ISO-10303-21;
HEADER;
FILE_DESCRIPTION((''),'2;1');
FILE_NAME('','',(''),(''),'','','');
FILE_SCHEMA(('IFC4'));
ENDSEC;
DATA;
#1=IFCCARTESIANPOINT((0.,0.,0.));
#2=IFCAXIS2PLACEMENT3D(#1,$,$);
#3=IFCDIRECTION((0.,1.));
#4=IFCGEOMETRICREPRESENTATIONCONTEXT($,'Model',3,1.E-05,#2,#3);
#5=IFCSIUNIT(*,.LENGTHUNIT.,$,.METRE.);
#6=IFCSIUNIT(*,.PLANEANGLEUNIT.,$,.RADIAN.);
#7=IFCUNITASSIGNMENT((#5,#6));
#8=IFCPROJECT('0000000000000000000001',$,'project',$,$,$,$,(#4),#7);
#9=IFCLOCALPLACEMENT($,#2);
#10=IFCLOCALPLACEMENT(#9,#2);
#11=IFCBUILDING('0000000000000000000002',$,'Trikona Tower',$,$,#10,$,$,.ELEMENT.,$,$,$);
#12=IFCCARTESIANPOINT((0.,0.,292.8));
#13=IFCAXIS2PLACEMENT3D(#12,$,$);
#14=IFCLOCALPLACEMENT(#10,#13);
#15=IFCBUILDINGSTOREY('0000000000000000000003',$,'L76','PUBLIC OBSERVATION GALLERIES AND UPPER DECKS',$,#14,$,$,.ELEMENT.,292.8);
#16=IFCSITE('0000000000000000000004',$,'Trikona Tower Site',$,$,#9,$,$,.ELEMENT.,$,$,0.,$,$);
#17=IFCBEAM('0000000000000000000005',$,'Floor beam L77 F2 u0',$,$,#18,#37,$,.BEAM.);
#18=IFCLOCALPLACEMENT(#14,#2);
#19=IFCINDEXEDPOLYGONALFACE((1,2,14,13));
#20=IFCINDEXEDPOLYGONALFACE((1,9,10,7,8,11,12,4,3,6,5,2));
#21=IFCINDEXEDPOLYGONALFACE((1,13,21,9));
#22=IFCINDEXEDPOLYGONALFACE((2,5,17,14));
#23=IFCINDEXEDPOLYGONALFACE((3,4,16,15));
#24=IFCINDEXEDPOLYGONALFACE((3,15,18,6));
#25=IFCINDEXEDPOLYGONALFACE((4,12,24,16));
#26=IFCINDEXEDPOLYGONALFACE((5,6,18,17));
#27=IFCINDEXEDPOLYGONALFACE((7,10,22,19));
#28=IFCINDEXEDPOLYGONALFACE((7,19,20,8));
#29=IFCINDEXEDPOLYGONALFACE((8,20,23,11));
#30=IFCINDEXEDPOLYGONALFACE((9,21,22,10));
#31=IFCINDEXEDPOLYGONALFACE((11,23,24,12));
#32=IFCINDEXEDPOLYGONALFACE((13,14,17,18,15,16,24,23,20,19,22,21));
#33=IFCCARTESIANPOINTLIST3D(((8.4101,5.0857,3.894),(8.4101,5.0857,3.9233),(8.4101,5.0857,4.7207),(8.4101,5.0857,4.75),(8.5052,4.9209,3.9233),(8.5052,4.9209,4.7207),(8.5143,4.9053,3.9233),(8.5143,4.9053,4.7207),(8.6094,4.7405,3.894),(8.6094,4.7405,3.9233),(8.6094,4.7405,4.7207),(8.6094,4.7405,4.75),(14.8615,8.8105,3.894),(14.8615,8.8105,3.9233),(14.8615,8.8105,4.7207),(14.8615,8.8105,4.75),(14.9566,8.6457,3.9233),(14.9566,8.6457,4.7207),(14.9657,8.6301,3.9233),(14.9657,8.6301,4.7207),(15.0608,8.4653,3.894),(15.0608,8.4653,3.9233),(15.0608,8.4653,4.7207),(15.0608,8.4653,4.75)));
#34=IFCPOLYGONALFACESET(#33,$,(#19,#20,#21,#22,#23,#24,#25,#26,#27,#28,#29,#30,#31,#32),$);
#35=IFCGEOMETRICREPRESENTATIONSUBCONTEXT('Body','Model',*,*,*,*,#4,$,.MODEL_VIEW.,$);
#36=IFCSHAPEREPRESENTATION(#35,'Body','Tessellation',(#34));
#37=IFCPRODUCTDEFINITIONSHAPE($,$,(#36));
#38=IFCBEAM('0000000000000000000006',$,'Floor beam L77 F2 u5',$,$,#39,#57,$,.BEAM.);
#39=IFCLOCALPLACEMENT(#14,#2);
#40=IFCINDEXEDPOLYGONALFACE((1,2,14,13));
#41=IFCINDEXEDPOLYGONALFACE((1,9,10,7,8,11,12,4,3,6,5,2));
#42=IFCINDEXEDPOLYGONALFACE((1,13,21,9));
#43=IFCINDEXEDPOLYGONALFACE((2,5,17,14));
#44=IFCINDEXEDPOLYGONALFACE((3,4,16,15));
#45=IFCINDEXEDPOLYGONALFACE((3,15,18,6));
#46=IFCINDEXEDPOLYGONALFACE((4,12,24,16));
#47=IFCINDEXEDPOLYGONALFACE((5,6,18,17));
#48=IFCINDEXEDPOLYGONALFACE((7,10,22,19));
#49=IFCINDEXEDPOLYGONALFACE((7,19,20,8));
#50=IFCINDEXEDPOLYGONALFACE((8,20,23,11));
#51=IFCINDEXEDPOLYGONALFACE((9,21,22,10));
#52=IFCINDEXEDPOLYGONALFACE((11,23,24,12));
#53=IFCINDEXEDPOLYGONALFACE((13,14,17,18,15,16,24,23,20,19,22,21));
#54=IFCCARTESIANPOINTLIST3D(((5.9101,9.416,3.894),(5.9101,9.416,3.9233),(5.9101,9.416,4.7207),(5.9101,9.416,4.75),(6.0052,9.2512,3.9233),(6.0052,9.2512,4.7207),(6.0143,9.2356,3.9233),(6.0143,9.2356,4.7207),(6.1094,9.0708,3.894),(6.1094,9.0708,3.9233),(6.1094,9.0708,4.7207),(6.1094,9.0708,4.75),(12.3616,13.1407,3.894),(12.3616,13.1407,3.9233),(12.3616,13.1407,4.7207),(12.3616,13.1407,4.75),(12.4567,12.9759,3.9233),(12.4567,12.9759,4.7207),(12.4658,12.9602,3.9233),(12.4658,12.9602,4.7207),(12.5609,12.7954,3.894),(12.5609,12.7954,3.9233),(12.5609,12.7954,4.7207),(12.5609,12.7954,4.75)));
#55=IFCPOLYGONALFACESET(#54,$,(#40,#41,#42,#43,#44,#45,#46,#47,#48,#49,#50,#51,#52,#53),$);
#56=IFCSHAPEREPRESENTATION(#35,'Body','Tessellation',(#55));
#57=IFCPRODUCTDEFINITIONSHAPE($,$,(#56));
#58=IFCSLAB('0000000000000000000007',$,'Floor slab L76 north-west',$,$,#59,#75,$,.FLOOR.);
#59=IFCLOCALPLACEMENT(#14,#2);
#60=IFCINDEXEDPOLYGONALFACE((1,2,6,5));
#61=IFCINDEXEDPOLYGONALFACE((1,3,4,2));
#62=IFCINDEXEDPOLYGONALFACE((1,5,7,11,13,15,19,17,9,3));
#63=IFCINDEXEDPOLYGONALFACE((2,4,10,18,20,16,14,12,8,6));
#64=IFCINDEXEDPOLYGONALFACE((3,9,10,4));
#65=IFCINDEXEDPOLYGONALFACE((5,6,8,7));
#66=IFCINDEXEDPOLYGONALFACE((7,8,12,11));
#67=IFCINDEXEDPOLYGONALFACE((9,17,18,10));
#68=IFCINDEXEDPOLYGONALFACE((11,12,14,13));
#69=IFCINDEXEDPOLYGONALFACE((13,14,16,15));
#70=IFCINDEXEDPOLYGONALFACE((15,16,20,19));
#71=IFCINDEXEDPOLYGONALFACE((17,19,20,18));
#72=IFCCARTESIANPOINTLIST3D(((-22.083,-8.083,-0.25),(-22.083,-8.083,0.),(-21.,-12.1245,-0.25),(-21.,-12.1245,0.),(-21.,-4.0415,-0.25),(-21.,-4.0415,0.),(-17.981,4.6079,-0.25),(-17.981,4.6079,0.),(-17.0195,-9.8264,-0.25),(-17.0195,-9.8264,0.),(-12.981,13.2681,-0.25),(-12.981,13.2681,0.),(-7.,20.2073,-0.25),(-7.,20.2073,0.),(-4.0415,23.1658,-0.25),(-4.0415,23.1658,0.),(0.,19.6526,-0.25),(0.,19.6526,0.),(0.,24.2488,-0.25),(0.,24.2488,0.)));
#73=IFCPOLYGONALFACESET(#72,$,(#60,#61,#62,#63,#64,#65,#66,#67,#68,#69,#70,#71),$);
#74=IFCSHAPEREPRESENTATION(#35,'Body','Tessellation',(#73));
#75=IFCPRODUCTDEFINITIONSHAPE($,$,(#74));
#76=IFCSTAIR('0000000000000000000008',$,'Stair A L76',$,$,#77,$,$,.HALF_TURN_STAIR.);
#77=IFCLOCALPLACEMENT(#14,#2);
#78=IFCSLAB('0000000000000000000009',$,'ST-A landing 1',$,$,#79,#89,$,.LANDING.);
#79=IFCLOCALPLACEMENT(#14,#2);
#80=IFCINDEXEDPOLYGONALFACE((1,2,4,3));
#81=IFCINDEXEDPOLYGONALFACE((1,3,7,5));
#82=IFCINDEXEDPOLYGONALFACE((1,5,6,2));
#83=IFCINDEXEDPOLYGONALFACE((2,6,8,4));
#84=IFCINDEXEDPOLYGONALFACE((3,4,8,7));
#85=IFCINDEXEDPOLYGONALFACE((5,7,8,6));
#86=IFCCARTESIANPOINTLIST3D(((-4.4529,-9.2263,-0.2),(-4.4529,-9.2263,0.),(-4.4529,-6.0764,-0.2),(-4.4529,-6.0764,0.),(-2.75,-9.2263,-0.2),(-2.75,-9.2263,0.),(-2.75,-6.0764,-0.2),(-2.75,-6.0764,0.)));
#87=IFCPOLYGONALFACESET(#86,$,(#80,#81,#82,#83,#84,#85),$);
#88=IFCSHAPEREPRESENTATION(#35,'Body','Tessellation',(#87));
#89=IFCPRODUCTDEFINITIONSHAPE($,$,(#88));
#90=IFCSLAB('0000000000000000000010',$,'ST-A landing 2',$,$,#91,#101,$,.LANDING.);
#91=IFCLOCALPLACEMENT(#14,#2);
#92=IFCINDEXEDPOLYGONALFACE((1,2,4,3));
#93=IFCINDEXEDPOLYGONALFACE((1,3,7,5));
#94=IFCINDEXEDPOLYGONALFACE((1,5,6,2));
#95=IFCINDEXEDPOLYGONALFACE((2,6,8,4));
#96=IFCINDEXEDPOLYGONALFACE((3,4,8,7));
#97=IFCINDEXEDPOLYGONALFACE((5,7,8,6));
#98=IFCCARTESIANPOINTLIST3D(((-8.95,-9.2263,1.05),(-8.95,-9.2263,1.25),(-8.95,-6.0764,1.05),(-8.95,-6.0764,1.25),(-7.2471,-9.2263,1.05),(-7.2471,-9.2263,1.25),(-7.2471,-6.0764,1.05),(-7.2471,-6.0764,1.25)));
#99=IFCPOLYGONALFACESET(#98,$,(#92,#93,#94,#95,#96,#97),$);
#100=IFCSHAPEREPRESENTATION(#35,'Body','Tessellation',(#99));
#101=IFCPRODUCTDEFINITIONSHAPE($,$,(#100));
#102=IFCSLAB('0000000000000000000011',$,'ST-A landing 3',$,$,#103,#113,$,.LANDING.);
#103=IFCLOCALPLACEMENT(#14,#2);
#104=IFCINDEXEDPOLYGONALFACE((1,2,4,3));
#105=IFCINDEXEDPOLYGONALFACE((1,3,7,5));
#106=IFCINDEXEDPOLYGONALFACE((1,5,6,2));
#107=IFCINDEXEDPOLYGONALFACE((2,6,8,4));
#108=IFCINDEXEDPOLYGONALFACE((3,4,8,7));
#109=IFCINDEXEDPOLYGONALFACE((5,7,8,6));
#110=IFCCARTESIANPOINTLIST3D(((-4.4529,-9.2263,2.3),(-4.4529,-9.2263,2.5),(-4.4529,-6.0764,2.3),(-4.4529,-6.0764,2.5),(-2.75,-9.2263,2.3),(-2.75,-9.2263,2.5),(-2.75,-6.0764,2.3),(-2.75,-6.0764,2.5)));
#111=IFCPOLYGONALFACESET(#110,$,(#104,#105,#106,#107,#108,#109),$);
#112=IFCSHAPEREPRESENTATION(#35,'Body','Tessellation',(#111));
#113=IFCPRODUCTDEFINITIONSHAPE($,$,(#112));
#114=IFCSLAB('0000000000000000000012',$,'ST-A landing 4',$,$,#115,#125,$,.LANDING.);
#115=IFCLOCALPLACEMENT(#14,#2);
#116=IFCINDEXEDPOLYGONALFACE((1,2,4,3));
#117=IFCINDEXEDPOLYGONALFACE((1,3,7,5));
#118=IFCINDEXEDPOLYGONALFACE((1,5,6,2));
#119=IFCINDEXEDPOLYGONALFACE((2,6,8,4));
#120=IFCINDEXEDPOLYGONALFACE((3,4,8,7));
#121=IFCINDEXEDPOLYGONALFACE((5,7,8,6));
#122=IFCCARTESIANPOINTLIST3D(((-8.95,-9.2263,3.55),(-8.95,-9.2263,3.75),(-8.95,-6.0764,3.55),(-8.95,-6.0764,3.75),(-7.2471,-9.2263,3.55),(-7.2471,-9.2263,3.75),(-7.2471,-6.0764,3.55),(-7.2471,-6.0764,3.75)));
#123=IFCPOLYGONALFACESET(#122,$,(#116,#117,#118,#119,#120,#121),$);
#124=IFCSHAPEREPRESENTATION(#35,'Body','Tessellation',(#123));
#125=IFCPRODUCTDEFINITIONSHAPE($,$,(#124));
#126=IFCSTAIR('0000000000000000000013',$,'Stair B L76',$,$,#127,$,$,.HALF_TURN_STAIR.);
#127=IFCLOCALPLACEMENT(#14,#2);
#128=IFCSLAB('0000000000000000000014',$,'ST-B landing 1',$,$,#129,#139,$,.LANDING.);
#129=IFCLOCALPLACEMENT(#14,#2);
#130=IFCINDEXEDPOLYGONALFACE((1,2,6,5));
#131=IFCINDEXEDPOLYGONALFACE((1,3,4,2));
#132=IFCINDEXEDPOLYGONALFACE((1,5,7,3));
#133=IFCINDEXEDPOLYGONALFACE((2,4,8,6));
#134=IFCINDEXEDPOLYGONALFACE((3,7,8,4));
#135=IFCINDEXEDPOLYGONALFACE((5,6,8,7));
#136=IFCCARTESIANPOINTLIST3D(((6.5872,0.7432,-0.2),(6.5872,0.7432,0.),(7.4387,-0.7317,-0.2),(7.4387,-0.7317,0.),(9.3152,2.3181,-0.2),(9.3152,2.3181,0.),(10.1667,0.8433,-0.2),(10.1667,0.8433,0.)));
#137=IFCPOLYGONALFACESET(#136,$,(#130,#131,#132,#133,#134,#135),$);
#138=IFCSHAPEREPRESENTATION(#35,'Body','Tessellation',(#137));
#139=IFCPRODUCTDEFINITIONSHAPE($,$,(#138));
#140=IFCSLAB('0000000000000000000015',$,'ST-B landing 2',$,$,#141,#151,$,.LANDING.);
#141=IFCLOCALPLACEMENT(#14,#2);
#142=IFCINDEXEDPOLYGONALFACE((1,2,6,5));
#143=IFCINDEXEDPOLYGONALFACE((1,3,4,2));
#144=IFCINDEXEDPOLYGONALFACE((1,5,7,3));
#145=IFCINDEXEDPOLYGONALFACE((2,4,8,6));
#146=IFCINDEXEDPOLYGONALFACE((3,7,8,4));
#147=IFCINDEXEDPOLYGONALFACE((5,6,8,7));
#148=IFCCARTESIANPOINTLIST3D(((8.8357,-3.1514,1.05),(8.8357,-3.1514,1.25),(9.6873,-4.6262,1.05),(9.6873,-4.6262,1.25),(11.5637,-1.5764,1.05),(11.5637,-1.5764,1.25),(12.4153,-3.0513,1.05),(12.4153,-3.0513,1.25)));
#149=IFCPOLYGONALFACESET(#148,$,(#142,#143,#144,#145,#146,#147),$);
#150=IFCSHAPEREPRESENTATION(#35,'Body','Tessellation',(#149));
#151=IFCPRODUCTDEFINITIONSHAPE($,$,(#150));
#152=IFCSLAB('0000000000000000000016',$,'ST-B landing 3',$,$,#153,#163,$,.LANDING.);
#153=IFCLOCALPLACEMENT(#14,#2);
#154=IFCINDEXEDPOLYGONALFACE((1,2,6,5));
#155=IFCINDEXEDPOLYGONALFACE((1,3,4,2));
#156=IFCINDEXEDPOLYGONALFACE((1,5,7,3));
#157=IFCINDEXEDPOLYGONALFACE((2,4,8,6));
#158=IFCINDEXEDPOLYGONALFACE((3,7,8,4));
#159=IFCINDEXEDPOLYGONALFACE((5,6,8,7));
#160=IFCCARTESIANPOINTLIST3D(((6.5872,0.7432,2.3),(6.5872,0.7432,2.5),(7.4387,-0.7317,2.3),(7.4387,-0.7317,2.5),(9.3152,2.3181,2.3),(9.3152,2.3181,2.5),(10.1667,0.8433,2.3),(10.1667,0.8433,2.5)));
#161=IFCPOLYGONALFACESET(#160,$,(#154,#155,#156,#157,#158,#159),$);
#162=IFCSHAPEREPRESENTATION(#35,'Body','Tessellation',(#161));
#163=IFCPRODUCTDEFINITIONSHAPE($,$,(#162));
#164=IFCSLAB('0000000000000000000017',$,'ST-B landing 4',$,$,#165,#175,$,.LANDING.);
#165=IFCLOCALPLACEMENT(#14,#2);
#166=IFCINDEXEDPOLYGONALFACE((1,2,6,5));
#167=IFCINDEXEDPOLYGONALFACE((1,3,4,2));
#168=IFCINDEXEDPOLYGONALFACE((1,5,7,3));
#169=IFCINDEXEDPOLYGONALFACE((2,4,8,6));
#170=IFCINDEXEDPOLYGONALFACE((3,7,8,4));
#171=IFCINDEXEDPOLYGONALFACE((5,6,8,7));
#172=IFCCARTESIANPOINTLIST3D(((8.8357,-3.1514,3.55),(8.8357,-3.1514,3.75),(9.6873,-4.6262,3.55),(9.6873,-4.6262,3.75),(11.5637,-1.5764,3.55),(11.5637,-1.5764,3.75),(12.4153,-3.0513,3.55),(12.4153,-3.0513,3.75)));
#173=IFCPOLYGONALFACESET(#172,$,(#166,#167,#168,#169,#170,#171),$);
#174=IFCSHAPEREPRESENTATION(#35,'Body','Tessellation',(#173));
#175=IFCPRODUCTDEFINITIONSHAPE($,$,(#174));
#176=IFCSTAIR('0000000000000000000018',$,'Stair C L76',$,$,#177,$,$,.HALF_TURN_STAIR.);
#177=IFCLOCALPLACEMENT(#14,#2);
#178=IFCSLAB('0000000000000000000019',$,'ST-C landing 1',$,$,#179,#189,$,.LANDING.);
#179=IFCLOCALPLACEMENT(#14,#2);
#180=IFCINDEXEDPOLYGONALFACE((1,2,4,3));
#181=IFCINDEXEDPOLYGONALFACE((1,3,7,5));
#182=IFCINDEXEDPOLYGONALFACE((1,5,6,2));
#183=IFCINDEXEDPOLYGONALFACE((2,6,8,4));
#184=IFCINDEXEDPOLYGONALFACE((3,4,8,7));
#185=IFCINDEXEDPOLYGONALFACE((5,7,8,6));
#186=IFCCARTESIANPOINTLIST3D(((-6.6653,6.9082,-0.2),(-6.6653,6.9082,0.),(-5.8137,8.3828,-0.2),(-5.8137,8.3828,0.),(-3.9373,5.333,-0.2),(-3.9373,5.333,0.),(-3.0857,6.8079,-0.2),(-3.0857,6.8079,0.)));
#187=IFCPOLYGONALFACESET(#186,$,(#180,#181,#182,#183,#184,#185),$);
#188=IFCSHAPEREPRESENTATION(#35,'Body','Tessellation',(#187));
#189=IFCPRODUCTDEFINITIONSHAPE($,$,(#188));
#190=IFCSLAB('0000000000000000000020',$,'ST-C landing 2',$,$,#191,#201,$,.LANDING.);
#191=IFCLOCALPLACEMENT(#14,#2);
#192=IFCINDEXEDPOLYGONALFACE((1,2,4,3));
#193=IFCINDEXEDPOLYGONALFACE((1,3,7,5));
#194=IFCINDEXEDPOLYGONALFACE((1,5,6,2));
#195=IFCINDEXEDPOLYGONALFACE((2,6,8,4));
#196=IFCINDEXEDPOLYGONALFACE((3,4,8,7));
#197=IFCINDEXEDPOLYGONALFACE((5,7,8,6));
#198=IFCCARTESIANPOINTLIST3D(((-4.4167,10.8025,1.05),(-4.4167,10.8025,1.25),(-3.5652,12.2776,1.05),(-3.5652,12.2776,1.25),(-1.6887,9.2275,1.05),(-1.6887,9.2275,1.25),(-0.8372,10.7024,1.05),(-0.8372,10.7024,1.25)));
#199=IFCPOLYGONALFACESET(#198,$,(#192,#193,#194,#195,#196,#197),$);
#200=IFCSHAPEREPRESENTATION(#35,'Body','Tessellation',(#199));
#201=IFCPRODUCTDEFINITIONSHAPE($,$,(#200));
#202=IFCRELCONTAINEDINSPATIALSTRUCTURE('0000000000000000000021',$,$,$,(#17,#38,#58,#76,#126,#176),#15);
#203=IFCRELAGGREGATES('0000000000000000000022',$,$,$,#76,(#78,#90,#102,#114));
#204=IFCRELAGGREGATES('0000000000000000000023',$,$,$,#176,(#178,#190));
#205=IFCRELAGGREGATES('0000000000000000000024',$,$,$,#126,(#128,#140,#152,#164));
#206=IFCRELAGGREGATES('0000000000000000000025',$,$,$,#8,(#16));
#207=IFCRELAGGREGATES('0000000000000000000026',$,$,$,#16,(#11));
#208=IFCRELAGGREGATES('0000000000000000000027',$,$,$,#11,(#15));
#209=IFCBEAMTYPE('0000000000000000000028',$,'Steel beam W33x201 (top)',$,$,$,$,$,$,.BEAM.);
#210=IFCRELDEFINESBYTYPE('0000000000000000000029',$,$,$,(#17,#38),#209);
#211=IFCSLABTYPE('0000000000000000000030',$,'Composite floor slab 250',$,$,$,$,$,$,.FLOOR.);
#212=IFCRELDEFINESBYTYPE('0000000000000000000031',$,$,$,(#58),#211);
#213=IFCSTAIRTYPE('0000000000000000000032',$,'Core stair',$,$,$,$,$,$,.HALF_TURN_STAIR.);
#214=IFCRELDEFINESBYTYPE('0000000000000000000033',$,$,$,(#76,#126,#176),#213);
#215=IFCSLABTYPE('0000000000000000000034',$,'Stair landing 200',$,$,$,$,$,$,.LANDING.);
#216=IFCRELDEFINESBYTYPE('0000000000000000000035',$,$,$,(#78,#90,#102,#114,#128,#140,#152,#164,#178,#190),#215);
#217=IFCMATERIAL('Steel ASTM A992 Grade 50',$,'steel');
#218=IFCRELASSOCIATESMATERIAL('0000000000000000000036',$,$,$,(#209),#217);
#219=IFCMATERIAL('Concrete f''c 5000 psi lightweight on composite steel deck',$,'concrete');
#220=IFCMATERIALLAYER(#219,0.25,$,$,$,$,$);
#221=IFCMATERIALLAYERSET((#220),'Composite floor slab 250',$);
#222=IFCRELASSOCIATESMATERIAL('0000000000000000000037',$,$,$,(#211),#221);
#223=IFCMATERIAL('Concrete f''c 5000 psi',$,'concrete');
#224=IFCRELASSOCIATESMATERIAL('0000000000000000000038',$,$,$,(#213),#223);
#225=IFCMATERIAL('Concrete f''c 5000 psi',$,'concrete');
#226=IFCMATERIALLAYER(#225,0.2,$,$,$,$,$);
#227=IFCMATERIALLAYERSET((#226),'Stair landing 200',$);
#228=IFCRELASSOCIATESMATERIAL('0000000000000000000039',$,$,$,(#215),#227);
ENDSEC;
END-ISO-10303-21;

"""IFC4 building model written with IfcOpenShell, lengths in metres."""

from ifc_helpers import new_model, si_unit, direction, frame, origin, origin_2d, place, context, subcontext, project, spatial, polyline, i_section, outline, extrude, material, layer, layer_set, material_profile, profile_set, type_object, element, aggregate, save


model = new_model("IFC4")

# Units and contexts
model_context = context("Model", 3, precision=1e-05, world=origin(), true_north=direction((0.0, 1.0)))
body_context = subcontext(model_context, "Body", "Model", "MODEL_VIEW")
ifc_project = project(units=[si_unit("LENGTHUNIT", "METRE"), si_unit("PLANEANGLEUNIT", "RADIAN")], contexts=[model_context])

# Site, building, storey
site_placement = place(None, origin())
site = spatial("IfcSite", under=ifc_project, at=site_placement, Name="Trikona Tower Site", CompositionType="ELEMENT", RefElevation=0.0)
building_placement = place(site_placement, origin())
building = spatial("IfcBuilding", under=site, at=building_placement, Name="Trikona Tower", CompositionType="ELEMENT")
storey_placement = place(building_placement, frame((0.0, 0.0, 292.8)))
storey = spatial("IfcBuildingStorey", under=building, at=storey_placement, Name="L76", Description="PUBLIC OBSERVATION GALLERIES AND UPPER DECKS", CompositionType="ELEMENT", Elevation=292.8)

# Beams
ifc_material_1 = material(Name="Steel ASTM A992 Grade 50", Category="steel")
ifc_material_profile = material_profile(ifc_material_1, i_section(OverallWidth=0.3987, OverallDepth=0.856, WebThickness=0.0181, FlangeThickness=0.0293, at=origin_2d()), Name="W33X201")
ifc_profile_set = profile_set([ifc_material_profile], Name="Steel ASTM A992 Grade 50")
beam_type = type_object("IfcBeamType", Name="Steel beam W33x201 (top)", PredefinedType="BEAM", material=ifc_profile_set)
for number, where, z_axis, x_axis, name in (
    (1, (8.5098, 4.9131, 4.322), (0.866018, 0.500013, 0.0), (-0.500013, 0.866018, 0.0), "Floor beam L77 F2 u0"),
    (2, (6.0098, 9.2434, 4.322), (0.866032, 0.499988, 0.0), (-0.499988, 0.866032, 0.0), "Floor beam L77 F2 u5"),
):
    element("IfcBeam", number, at=place(storey_placement, frame(where, z_axis=z_axis, x_axis=x_axis)), inside=storey, type_object=beam_type, Name=name, PredefinedType="BEAM", context=body_context, shape_type="SweptSolid", body=[
        extrude(i_section(OverallWidth=0.3987, OverallDepth=0.856, WebThickness=0.0181, FlangeThickness=0.0293, at=origin_2d()), origin(), (0.0, 0.0, 1.0), 7.4495),
    ])

# Slab
ifc_material_2 = material(Name="Concrete f'c 5000 psi lightweight on composite steel deck", Category="concrete")
ifc_layer_1 = layer(ifc_material_2, 0.25)
ifc_layer_set_1 = layer_set([ifc_layer_1], Name="Composite floor slab 250")
slab_type_1 = type_object("IfcSlabType", Name="Composite floor slab 250", PredefinedType="FLOOR", material=ifc_layer_set_1)
slab_1_placement = place(storey_placement, frame((0.0, 0.0, -0.25)))
element("IfcSlab", 3, at=slab_1_placement, inside=storey, type_object=slab_type_1, Name="Floor slab L76 north-west", PredefinedType="FLOOR", context=body_context, shape_type="SweptSolid", body=[
    extrude(outline(polyline([(0.0, 19.6526), (0.0, 24.2488), (-4.0415, 23.1658), (-7.0, 20.2073), (-12.981, 13.2681), (-17.981, 4.6079), (-21.0, -4.0415), (-22.083, -8.083), (-21.0, -12.1245), (-17.0195, -9.8264), (0.0, 19.6526)])), origin(), (0.0, 0.0, 1.0), 0.25),
])

# Stairs, slabs
ifc_material_3 = material(Name="Concrete f'c 5000 psi", Category="concrete")
stair_type = type_object("IfcStairType", Name="Core stair", PredefinedType="HALF_TURN_STAIR", material=ifc_material_3)
stair_1_placement = place(storey_placement, origin())
stair_1 = element("IfcStair", 4, at=stair_1_placement, inside=storey, type_object=stair_type, Name="Stair A L76", PredefinedType="HALF_TURN_STAIR")
ifc_material_4 = material(Name="Concrete f'c 5000 psi", Category="concrete")
ifc_layer_2 = layer(ifc_material_4, 0.2)
ifc_layer_set_2 = layer_set([ifc_layer_2], Name="Stair landing 200")
slab_type_2 = type_object("IfcSlabType", Name="Stair landing 200", PredefinedType="LANDING", material=ifc_layer_set_2)
slab_2_placement = place(storey_placement, frame((0.0, 0.0, -0.2)))
slab_2 = element("IfcSlab", 5, at=slab_2_placement, type_object=slab_type_2, Name="ST-A landing 1", PredefinedType="LANDING", context=body_context, shape_type="SweptSolid", body=[
    extrude(outline(polyline([(-4.4529, -6.0764), (-2.75, -6.0764), (-2.75, -9.2263), (-4.4529, -9.2263), (-4.4529, -6.0764)])), origin(), (0.0, 0.0, 1.0), 0.2),
])
slab_3_placement = place(storey_placement, frame((0.0, 0.0, 1.05)))
slab_3 = element("IfcSlab", 6, at=slab_3_placement, type_object=slab_type_2, Name="ST-A landing 2", PredefinedType="LANDING", context=body_context, shape_type="SweptSolid", body=[
    extrude(outline(polyline([(-8.95, -6.0764), (-7.2471, -6.0764), (-7.2471, -9.2263), (-8.95, -9.2263), (-8.95, -6.0764)])), origin(), (0.0, 0.0, 1.0), 0.2),
])
slab_4_placement = place(storey_placement, frame((0.0, 0.0, 2.3)))
slab_4 = element("IfcSlab", 7, at=slab_4_placement, type_object=slab_type_2, Name="ST-A landing 3", PredefinedType="LANDING", context=body_context, shape_type="SweptSolid", body=[
    extrude(outline(polyline([(-4.4529, -6.0764), (-2.75, -6.0764), (-2.75, -9.2263), (-4.4529, -9.2263), (-4.4529, -6.0764)])), origin(), (0.0, 0.0, 1.0), 0.2),
])
slab_5_placement = place(storey_placement, frame((0.0, 0.0, 3.55)))
slab_5 = element("IfcSlab", 8, at=slab_5_placement, type_object=slab_type_2, Name="ST-A landing 4", PredefinedType="LANDING", context=body_context, shape_type="SweptSolid", body=[
    extrude(outline(polyline([(-8.95, -6.0764), (-7.2471, -6.0764), (-7.2471, -9.2263), (-8.95, -9.2263), (-8.95, -6.0764)])), origin(), (0.0, 0.0, 1.0), 0.2),
])
aggregate(stair_1, [slab_2, slab_3, slab_4, slab_5])
stair_2_placement = place(storey_placement, origin())
stair_2 = element("IfcStair", 9, at=stair_2_placement, inside=storey, type_object=stair_type, Name="Stair B L76", PredefinedType="HALF_TURN_STAIR")
slab_6_placement = place(storey_placement, frame((0.0, 0.0, -0.2)))
slab_6 = element("IfcSlab", 10, at=slab_6_placement, type_object=slab_type_2, Name="ST-B landing 1", PredefinedType="LANDING", context=body_context, shape_type="SweptSolid", body=[
    extrude(outline(polyline([(7.4387, -0.7317), (6.5872, 0.7432), (9.3152, 2.3181), (10.1667, 0.8433), (7.4387, -0.7317)])), origin(), (0.0, 0.0, 1.0), 0.2),
])
slab_7_placement = place(storey_placement, frame((0.0, 0.0, 1.05)))
slab_7 = element("IfcSlab", 11, at=slab_7_placement, type_object=slab_type_2, Name="ST-B landing 2", PredefinedType="LANDING", context=body_context, shape_type="SweptSolid", body=[
    extrude(outline(polyline([(9.6873, -4.6262), (8.8357, -3.1514), (11.5637, -1.5764), (12.4153, -3.0513), (9.6873, -4.6262)])), origin(), (0.0, 0.0, 1.0), 0.2),
])
slab_8_placement = place(storey_placement, frame((0.0, 0.0, 2.3)))
slab_8 = element("IfcSlab", 12, at=slab_8_placement, type_object=slab_type_2, Name="ST-B landing 3", PredefinedType="LANDING", context=body_context, shape_type="SweptSolid", body=[
    extrude(outline(polyline([(7.4387, -0.7317), (6.5872, 0.7432), (9.3152, 2.3181), (10.1667, 0.8433), (7.4387, -0.7317)])), origin(), (0.0, 0.0, 1.0), 0.2),
])
slab_9_placement = place(storey_placement, frame((0.0, 0.0, 3.55)))
slab_9 = element("IfcSlab", 13, at=slab_9_placement, type_object=slab_type_2, Name="ST-B landing 4", PredefinedType="LANDING", context=body_context, shape_type="SweptSolid", body=[
    extrude(outline(polyline([(9.6873, -4.6262), (8.8357, -3.1514), (11.5637, -1.5764), (12.4153, -3.0513), (9.6873, -4.6262)])), origin(), (0.0, 0.0, 1.0), 0.2),
])
stair_3_placement = place(storey_placement, origin())
stair_3 = element("IfcStair", 14, at=stair_3_placement, inside=storey, type_object=stair_type, Name="Stair C L76", PredefinedType="HALF_TURN_STAIR")
slab_10_placement = place(storey_placement, frame((0.0, 0.0, -0.2)))
slab_10 = element("IfcSlab", 15, at=slab_10_placement, type_object=slab_type_2, Name="ST-C landing 1", PredefinedType="LANDING", context=body_context, shape_type="SweptSolid", body=[
    extrude(outline(polyline([(-3.0857, 6.8079), (-3.9373, 5.333), (-6.6653, 6.9082), (-5.8137, 8.3828), (-3.0857, 6.8079)])), origin(), (0.0, 0.0, 1.0), 0.2),
])
slab_11_placement = place(storey_placement, frame((0.0, 0.0, 1.05)))
slab_11 = element("IfcSlab", 16, at=slab_11_placement, type_object=slab_type_2, Name="ST-C landing 2", PredefinedType="LANDING", context=body_context, shape_type="SweptSolid", body=[
    extrude(outline(polyline([(-0.8372, 10.7024), (-1.6887, 9.2275), (-4.4167, 10.8025), (-3.5652, 12.2776), (-0.8372, 10.7024)])), origin(), (0.0, 0.0, 1.0), 0.2),
])
aggregate(stair_3, [slab_10, slab_11])

aggregate(stair_2, [slab_6, slab_7, slab_8, slab_9])

save(model, "model.ifc")
